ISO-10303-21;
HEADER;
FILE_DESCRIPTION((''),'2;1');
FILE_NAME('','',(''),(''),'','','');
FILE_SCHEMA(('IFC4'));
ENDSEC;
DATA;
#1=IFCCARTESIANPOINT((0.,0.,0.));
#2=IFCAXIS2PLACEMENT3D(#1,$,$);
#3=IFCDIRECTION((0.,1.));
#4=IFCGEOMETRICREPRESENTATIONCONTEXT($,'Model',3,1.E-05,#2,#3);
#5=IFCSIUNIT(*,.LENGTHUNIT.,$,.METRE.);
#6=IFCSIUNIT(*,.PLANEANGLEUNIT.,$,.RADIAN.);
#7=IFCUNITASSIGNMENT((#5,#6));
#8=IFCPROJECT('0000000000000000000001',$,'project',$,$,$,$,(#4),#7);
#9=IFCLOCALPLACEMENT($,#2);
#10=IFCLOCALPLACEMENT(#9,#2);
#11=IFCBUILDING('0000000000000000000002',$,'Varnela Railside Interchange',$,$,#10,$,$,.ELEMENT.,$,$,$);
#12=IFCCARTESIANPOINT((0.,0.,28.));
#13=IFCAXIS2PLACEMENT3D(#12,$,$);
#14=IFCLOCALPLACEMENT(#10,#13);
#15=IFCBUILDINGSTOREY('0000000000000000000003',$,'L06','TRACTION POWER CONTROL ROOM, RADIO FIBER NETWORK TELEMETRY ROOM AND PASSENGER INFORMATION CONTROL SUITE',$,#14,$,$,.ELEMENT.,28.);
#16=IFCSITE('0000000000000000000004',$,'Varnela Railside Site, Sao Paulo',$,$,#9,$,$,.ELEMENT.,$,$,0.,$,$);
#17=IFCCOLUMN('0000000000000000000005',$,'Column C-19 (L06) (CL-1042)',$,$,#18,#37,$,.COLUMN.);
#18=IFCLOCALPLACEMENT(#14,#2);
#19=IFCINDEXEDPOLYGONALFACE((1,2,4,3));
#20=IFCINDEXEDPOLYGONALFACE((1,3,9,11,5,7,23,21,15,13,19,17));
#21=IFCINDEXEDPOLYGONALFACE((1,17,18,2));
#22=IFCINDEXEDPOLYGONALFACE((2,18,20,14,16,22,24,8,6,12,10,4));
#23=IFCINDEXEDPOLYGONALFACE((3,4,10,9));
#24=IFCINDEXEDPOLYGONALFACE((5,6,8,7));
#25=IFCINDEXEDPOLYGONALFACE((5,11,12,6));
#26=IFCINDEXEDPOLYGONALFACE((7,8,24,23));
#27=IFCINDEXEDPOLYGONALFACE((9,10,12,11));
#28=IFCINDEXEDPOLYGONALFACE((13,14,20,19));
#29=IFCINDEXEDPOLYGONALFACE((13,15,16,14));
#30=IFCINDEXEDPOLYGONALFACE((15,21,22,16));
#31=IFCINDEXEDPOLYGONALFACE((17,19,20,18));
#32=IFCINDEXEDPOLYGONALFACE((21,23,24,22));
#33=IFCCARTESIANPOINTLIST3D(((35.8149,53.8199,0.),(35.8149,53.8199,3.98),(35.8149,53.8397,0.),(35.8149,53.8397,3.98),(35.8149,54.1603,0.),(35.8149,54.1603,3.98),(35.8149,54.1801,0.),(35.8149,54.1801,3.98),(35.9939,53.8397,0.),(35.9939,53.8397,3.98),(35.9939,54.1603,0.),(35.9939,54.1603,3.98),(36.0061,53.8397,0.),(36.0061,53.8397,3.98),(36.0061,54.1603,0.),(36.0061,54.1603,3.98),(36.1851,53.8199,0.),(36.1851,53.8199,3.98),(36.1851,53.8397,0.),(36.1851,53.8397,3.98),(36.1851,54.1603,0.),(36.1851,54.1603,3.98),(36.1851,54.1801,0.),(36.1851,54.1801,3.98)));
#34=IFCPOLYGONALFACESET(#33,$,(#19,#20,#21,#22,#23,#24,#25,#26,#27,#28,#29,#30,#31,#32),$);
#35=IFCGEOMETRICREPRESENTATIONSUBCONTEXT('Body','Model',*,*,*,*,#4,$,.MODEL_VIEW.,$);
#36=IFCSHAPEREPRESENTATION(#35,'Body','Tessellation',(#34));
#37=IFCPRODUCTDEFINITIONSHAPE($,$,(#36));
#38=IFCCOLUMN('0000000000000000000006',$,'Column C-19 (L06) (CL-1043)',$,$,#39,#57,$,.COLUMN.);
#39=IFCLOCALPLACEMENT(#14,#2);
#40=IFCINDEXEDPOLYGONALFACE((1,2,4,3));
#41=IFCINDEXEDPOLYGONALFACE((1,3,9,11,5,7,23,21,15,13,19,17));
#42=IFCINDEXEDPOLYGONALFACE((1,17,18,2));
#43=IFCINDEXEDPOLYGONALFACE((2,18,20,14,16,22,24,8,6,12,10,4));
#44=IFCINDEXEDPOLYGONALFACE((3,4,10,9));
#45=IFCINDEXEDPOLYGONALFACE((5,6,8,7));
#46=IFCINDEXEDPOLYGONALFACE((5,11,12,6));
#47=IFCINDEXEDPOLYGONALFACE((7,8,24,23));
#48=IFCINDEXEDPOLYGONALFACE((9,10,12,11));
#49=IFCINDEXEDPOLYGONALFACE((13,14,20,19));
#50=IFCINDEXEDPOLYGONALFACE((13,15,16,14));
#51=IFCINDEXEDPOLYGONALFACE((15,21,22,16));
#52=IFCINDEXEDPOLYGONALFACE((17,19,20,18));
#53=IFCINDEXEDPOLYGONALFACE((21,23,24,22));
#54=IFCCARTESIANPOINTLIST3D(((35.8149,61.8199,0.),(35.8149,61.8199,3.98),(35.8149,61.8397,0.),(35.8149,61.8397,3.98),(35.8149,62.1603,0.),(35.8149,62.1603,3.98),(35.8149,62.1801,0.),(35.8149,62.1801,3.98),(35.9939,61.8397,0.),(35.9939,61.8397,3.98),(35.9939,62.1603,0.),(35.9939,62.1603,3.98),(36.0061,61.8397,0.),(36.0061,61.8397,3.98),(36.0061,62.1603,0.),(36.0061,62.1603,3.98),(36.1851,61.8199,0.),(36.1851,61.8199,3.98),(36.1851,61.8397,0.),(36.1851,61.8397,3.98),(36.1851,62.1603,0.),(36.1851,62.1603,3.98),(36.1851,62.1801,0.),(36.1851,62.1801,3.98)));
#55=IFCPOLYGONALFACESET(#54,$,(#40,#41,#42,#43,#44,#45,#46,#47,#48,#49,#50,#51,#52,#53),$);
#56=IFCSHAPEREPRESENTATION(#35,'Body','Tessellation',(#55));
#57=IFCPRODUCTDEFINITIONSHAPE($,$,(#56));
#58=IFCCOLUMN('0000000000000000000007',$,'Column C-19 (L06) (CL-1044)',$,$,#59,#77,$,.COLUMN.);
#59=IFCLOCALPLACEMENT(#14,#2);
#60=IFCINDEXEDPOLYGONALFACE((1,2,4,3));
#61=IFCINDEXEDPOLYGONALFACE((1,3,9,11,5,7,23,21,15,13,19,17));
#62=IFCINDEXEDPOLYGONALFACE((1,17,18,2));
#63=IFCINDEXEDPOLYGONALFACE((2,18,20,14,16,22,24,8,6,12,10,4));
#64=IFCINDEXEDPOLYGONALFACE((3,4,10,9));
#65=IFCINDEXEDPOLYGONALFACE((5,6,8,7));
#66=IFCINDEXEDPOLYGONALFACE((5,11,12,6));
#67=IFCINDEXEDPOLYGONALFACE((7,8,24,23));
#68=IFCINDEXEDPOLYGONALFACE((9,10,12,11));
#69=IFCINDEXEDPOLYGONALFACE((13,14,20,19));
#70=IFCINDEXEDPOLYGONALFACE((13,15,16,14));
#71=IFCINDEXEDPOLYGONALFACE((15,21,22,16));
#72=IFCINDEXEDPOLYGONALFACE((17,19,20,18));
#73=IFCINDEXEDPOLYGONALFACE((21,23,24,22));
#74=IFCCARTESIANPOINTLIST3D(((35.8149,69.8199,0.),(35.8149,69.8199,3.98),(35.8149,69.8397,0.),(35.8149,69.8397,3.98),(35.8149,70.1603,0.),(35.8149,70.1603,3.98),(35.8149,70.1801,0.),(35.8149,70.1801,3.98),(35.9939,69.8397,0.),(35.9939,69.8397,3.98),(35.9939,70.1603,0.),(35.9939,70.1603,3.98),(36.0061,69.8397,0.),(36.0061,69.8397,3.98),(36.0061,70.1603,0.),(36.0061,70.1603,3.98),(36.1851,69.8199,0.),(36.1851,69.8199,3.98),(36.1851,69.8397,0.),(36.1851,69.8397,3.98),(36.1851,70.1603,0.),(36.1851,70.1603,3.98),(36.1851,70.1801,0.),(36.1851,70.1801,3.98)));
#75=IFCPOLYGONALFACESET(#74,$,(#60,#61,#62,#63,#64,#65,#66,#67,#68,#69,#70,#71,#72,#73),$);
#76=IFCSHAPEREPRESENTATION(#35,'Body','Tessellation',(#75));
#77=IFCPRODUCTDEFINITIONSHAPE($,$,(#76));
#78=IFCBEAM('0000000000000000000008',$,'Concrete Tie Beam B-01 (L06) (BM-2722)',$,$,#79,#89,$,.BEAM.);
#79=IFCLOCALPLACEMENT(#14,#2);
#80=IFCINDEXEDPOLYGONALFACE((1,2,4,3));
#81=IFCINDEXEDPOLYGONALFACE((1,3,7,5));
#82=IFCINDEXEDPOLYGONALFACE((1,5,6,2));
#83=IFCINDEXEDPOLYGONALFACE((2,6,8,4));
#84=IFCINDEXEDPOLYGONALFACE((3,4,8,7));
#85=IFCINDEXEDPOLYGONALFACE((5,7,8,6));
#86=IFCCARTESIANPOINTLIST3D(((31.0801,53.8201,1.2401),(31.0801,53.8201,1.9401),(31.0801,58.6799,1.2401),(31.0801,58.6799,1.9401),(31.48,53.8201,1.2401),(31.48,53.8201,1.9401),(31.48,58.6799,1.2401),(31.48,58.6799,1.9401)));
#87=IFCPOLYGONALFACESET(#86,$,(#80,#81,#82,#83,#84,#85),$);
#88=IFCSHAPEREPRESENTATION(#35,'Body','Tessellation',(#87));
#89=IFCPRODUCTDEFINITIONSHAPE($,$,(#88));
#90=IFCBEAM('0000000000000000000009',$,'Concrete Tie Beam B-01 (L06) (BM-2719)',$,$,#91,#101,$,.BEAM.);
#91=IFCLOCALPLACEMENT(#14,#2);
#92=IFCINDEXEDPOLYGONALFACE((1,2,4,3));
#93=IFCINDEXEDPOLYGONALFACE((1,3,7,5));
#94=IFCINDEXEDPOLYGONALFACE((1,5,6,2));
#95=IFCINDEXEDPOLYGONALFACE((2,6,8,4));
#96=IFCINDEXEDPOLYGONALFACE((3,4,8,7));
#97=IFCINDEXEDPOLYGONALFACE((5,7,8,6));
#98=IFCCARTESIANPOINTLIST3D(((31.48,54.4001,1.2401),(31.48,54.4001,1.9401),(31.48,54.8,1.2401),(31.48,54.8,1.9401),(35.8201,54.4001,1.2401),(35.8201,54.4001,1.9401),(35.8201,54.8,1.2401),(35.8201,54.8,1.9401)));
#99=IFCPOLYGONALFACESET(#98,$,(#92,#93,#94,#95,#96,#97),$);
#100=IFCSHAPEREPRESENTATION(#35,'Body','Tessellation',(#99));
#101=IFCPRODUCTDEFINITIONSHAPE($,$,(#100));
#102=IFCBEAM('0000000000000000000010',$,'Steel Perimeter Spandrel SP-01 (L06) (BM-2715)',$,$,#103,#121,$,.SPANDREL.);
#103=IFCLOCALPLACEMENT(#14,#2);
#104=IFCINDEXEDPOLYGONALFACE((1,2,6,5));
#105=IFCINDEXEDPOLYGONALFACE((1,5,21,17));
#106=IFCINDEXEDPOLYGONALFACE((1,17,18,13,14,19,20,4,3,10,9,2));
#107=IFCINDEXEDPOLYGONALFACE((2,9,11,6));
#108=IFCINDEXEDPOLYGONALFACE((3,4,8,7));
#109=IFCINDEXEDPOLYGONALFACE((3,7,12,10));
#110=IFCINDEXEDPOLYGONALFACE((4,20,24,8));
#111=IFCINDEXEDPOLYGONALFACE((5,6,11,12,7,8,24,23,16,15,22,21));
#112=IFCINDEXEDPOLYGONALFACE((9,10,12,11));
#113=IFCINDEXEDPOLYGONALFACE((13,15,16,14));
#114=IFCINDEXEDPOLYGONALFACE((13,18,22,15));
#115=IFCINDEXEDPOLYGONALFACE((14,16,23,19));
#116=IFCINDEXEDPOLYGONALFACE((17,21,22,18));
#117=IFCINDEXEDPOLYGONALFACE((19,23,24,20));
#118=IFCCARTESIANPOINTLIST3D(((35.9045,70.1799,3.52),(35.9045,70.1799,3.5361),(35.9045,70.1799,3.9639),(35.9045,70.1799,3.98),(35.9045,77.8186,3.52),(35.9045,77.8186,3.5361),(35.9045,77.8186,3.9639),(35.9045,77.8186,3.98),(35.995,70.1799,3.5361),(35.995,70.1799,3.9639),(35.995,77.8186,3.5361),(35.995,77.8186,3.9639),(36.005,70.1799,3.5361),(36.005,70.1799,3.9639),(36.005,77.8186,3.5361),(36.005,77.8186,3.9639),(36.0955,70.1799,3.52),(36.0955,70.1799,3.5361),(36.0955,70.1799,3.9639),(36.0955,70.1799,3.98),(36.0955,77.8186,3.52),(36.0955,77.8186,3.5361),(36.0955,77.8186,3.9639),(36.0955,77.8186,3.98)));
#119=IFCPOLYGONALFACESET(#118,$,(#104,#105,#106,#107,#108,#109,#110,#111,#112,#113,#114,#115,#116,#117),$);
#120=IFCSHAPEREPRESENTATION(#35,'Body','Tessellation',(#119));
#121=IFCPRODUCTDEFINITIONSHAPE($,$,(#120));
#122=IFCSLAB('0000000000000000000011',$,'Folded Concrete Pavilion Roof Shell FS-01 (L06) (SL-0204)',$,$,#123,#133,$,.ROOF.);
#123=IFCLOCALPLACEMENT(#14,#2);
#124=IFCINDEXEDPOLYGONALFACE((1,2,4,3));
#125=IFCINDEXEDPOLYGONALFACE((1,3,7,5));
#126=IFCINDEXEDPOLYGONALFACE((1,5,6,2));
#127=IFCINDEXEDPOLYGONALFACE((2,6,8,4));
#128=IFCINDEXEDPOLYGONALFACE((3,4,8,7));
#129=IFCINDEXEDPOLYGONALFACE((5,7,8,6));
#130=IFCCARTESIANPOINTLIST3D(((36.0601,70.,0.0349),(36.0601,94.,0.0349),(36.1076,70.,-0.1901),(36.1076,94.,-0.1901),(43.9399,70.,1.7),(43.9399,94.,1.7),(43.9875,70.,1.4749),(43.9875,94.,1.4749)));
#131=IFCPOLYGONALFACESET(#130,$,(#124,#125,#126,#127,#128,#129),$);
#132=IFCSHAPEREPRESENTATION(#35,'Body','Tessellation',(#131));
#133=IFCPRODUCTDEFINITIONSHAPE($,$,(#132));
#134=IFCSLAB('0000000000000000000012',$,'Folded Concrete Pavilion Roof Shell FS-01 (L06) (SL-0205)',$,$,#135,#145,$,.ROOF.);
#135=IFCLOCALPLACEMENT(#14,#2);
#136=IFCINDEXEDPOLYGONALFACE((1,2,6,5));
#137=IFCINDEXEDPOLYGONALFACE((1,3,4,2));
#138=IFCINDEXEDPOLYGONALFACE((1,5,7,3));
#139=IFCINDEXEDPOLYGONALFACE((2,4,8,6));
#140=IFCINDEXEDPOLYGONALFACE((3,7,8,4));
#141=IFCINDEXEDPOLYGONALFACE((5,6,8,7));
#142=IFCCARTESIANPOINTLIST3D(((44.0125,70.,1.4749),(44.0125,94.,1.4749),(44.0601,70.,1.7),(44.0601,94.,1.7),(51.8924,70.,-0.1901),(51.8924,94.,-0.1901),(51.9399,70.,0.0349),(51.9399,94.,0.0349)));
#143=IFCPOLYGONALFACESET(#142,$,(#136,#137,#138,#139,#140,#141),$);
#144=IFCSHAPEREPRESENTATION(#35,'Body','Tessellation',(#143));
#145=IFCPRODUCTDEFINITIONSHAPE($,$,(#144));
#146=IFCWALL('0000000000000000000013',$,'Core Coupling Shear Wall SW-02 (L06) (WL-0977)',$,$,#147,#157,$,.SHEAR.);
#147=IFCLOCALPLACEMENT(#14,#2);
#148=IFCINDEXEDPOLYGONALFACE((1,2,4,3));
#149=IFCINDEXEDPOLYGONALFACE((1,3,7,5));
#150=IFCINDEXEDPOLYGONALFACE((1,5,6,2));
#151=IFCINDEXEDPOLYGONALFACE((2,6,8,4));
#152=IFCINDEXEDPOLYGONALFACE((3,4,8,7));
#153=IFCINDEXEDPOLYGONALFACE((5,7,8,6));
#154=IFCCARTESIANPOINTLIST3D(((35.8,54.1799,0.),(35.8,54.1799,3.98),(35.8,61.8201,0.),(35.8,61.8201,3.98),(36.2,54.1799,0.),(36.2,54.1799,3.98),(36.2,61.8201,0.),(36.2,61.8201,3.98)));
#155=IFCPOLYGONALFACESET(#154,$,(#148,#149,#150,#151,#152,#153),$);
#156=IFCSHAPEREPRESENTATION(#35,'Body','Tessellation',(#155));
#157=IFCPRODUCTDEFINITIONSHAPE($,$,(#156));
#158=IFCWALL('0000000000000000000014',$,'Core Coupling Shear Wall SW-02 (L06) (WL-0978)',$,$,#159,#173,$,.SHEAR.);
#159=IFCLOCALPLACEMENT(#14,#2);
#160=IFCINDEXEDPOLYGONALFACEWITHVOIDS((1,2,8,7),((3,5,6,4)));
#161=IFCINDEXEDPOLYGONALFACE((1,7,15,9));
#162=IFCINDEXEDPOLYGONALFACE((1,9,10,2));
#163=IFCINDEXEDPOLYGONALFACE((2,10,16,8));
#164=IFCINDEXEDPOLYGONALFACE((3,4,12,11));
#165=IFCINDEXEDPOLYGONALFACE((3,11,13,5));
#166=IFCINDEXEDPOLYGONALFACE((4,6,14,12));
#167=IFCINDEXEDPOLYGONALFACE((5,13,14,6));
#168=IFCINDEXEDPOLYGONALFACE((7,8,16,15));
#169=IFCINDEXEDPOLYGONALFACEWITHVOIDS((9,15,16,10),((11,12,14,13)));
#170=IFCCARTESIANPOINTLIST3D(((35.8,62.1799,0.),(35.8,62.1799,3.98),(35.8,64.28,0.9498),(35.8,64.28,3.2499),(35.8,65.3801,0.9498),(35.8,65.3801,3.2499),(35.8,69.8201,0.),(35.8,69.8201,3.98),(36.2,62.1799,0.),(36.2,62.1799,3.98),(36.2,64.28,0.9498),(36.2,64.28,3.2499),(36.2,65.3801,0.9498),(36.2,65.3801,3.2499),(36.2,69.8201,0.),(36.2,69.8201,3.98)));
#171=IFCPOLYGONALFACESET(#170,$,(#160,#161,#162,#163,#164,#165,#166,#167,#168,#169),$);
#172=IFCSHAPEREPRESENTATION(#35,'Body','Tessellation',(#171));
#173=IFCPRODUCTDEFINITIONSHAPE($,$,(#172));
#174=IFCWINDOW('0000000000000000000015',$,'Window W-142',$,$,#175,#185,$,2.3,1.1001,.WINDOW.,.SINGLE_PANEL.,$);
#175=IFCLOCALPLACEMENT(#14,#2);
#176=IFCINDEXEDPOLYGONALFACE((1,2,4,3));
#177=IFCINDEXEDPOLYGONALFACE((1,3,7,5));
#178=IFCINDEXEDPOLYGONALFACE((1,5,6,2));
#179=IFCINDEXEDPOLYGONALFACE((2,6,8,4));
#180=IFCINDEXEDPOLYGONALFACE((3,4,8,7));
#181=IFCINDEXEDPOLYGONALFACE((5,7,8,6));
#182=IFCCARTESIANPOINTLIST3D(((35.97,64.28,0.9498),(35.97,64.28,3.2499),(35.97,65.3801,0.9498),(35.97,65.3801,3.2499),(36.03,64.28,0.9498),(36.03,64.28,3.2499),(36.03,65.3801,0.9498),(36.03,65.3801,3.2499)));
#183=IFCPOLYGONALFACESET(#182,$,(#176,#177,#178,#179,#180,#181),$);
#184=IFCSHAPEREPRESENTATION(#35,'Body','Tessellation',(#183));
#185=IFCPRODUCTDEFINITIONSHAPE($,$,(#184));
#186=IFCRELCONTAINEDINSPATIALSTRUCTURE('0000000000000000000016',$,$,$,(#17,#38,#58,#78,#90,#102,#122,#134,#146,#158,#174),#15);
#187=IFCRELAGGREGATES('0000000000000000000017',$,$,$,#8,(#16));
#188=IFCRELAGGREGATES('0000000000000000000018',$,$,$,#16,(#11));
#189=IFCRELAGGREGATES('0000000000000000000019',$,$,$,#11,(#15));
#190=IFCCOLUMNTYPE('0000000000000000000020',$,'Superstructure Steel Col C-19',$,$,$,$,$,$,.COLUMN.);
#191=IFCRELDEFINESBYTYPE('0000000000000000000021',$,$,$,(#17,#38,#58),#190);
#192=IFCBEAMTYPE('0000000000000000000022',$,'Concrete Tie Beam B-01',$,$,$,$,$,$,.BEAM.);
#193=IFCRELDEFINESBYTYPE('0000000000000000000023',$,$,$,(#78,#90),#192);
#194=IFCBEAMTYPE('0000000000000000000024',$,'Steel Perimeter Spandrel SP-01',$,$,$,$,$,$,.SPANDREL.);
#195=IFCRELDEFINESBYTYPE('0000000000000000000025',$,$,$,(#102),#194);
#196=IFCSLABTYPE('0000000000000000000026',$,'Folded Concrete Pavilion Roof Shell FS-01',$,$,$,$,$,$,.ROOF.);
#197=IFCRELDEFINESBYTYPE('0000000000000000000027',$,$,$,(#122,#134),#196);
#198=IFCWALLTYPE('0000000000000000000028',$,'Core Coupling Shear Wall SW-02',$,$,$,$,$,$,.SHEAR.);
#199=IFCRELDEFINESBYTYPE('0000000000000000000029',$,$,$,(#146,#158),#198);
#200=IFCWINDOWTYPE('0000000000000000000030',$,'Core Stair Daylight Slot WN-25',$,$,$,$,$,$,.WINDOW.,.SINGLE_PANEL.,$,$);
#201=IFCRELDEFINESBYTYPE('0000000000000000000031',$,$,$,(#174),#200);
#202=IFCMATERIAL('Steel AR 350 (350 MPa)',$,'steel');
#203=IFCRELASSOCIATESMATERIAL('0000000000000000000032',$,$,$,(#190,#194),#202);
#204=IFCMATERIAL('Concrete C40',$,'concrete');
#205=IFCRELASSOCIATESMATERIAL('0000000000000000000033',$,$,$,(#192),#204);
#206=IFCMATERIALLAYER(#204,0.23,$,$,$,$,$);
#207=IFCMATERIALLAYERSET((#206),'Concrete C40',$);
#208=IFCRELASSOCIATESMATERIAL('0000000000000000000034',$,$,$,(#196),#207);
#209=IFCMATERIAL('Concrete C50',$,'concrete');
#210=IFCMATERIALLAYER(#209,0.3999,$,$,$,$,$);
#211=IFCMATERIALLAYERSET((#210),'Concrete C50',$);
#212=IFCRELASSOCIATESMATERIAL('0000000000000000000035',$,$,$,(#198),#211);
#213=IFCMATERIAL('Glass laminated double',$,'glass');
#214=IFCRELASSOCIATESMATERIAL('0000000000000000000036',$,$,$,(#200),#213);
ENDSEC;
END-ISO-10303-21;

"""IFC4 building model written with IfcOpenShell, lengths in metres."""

from ifc_helpers import new_model, si_unit, direction, frame, frame_2d, origin, origin_2d, place, context, subcontext, project, spatial, polyline, rectangle, i_section, outline, extrude, material, layer, layer_set, material_profile, profile_set, type_object, element, fill, save


model = new_model("IFC4")

# Units and contexts
model_context = context("Model", 3, precision=1e-05, world=origin(), true_north=direction((0.0, 1.0)))
body_context = subcontext(model_context, "Body", "Model", "MODEL_VIEW")
ifc_project = project(units=[si_unit("LENGTHUNIT", "METRE"), si_unit("PLANEANGLEUNIT", "RADIAN")], contexts=[model_context])

# Site, building, storey
site_placement = place(None, origin())
site = spatial("IfcSite", under=ifc_project, at=site_placement, Name="Varnela Railside Site, Sao Paulo", CompositionType="ELEMENT", RefElevation=0.0)
building_placement = place(site_placement, origin())
building = spatial("IfcBuilding", under=site, at=building_placement, Name="Varnela Railside Interchange", CompositionType="ELEMENT")
storey_placement = place(building_placement, frame((0.0, 0.0, 28.0)))
storey = spatial("IfcBuildingStorey", under=building, at=storey_placement, Name="L06", Description="TRACTION POWER CONTROL ROOM, RADIO FIBER NETWORK TELEMETRY ROOM AND PASSENGER INFORMATION CONTROL SUITE", CompositionType="ELEMENT", Elevation=28.0)

# Columns
ifc_material_1 = material(Name="Steel AR 350 (350 MPa)", Category="steel")
ifc_material_profile_1 = material_profile(ifc_material_1, i_section(OverallWidth=0.3701, OverallDepth=0.3601, WebThickness=0.0122, FlangeThickness=0.0198, at=origin_2d()), Name="W360x147")
ifc_profile_set_1 = profile_set([ifc_material_profile_1], Name="Steel AR 350 (350 MPa)")
column_type = type_object("IfcColumnType", Name="Superstructure Steel Col C-19", PredefinedType="COLUMN", material=ifc_profile_set_1)
for number, where, z_axis, x_axis, name in (
    (1, (36.0, 54.0, 0.0), (0.0, 0.0, 1.0), (1.0, 0.0, 0.0), "Column C-19 (L06) (CL-1042)"),
    (2, (36.0, 62.0, 0.0), (0.0, 0.0, 1.0), (1.0, 0.0, 0.0), "Column C-19 (L06) (CL-1043)"),
    (3, (36.0, 70.0, 0.0), (0.0, 0.0, 1.0), (1.0, 0.0, 0.0), "Column C-19 (L06) (CL-1044)"),
):
    element("IfcColumn", number, at=place(storey_placement, frame(where, z_axis=z_axis, x_axis=x_axis)), inside=storey, type_object=column_type, Name=name, PredefinedType="COLUMN", context=body_context, shape_type="SweptSolid", body=[
        extrude(i_section(OverallWidth=0.3701, OverallDepth=0.3601, WebThickness=0.0122, FlangeThickness=0.0198, at=origin_2d()), origin(), (0.0, 0.0, 1.0), 3.98),
    ])

# Beams
ifc_material_2 = material(Name="Concrete C40", Category="concrete")
ifc_material_profile_2 = material_profile(ifc_material_2, rectangle(XDim=0.3999, YDim=0.7, at=origin_2d()), Name="RC 400x700")
ifc_profile_set_2 = profile_set([ifc_material_profile_2], Name="Concrete C40")
beam_type_1 = type_object("IfcBeamType", Name="Concrete Tie Beam B-01", PredefinedType="BEAM", material=ifc_profile_set_2)
beam_1_placement = place(storey_placement, frame((31.28, 53.8201, 1.5901), z_axis=(0.0, 1.0, 0.0), x_axis=(-1.0, 0.0, 0.0)))
element("IfcBeam", 4, at=beam_1_placement, inside=storey, type_object=beam_type_1, Name="Concrete Tie Beam B-01 (L06) (BM-2722)", PredefinedType="BEAM", context=body_context, shape_type="SweptSolid", body=[
    extrude(rectangle(XDim=0.3999, YDim=0.7, at=origin_2d()), origin(), (0.0, 0.0, 1.0), 4.8599),
])
beam_2_placement = place(storey_placement, frame((31.48, 54.6001, 1.5901), z_axis=(1.0, 0.0, 0.0), x_axis=(0.0, 1.0, 0.0)))
element("IfcBeam", 5, at=beam_2_placement, inside=storey, type_object=beam_type_1, Name="Concrete Tie Beam B-01 (L06) (BM-2719)", PredefinedType="BEAM", context=body_context, shape_type="SweptSolid", body=[
    extrude(rectangle(XDim=0.3999, YDim=0.7, at=origin_2d()), origin(), (0.0, 0.0, 1.0), 4.3401),
])
ifc_material_profile_3 = material_profile(ifc_material_1, i_section(OverallWidth=0.1909, OverallDepth=0.46, WebThickness=0.01, FlangeThickness=0.0161, at=origin_2d()), Name="W460x82")
ifc_profile_set_3 = profile_set([ifc_material_profile_3], Name="Steel AR 350 (350 MPa)")
beam_type_2 = type_object("IfcBeamType", Name="Steel Perimeter Spandrel SP-01", PredefinedType="SPANDREL", material=ifc_profile_set_3)
beam_3_placement = place(storey_placement, frame((36.0, 70.1799, 3.75), z_axis=(0.0, 1.0, 0.0), x_axis=(-1.0, 0.0, 0.0)))
element("IfcBeam", 6, at=beam_3_placement, inside=storey, type_object=beam_type_2, Name="Steel Perimeter Spandrel SP-01 (L06) (BM-2715)", PredefinedType="SPANDREL", context=body_context, shape_type="SweptSolid", body=[
    extrude(i_section(OverallWidth=0.1909, OverallDepth=0.46, WebThickness=0.01, FlangeThickness=0.0161, at=origin_2d()), origin(), (0.0, 0.0, 1.0), 7.6387),
])

# Slabs
ifc_layer_1 = layer(ifc_material_2, 0.23)
ifc_layer_set_1 = layer_set([ifc_layer_1], Name="Concrete C40")
slab_type = type_object("IfcSlabType", Name="Folded Concrete Pavilion Roof Shell FS-01", PredefinedType="ROOF", material=ifc_layer_set_1)
for number, where, z_axis, x_axis, name in (
    (7, (36.0601, 70.0, 0.0349), (-0.206738, 0.0, 0.978396), (0.978396, 0.0, 0.206738), "Folded Concrete Pavilion Roof Shell FS-01 (L06) (SL-0204)"),
    (8, (44.0601, 70.0, 1.7), (0.206738, 0.0, 0.978396), (0.978396, 0.0, -0.206738), "Folded Concrete Pavilion Roof Shell FS-01 (L06) (SL-0205)"),
):
    element("IfcSlab", number, at=place(storey_placement, frame(where, z_axis=z_axis, x_axis=x_axis)), inside=storey, type_object=slab_type, Name=name, PredefinedType="ROOF", context=body_context, shape_type="SweptSolid", body=[
        extrude(outline(polyline([(0.0, 0.0), (8.0539, 0.0), (8.0539, 24.0), (0.0, 24.0), (0.0, 0.0)])), origin(), (0.0, 0.0, -1.0), 0.23),
    ])

# Wall
ifc_material_3 = material(Name="Concrete C50", Category="concrete")
ifc_layer_2 = layer(ifc_material_3, 0.3999)
ifc_layer_set_2 = layer_set([ifc_layer_2], Name="Concrete C50")
wall_type_1 = type_object("IfcWallType", Name="Core Coupling Shear Wall SW-02", PredefinedType="SHEAR", material=ifc_layer_set_2)
wall_1_placement = place(storey_placement, frame((36.0, 54.1799, 0.0), z_axis=(0.0, 0.0, 1.0), x_axis=(0.0, 1.0, 0.0)))
element("IfcWall", 9, at=wall_1_placement, inside=storey, type_object=wall_type_1, Name="Core Coupling Shear Wall SW-02 (L06) (WL-0977)", PredefinedType="SHEAR", context=body_context, shape_type="SweptSolid", body=[
    extrude(rectangle(XDim=7.6401, YDim=0.3999, at=frame_2d((3.8201, 0.0))), origin(), (0.0, 0.0, 1.0), 3.98),
])

# Wall, opening, window
wall_2_placement = place(storey_placement, frame((36.0, 62.1799, 0.0), z_axis=(0.0, 0.0, 1.0), x_axis=(0.0, 1.0, 0.0)))
wall_2 = element("IfcWall", 10, at=wall_2_placement, inside=storey, type_object=wall_type_1, Name="Core Coupling Shear Wall SW-02 (L06) (WL-0978)", PredefinedType="SHEAR", context=body_context, shape_type="SweptSolid", body=[
    extrude(rectangle(XDim=7.6401, YDim=0.3999, at=frame_2d((3.8201, 0.0))), origin(), (0.0, 0.0, 1.0), 3.98),
])
opening_1_placement = place(wall_2_placement, frame((2.1001, 0.0, 0.95)))
opening_1 = element("IfcOpeningElement", 11, at=opening_1_placement, cuts=wall_2, PredefinedType="OPENING", context=body_context, shape_type="SweptSolid", body=[
    extrude(rectangle(XDim=1.1001, YDim=2.3, at=frame_2d((0.55, 1.1499))), frame((0.0, 0.21, 0.0), z_axis=(0.0, -1.0, 0.0), x_axis=(1.0, 0.0, 0.0)), (0.0, 0.0, 1.0), 0.4199),
])
ifc_material_4 = material(Name="Glass laminated double", Category="glass")
window_type_1 = type_object("IfcWindowType", Name="Core Stair Daylight Slot WN-25", PartitioningType="SINGLE_PANEL", PredefinedType="WINDOW", material=ifc_material_4)
window_1_placement = place(opening_1_placement, origin())
window_1 = element("IfcWindow", 12, at=window_1_placement, inside=storey, type_object=window_type_1, Name="Window W-142", OverallHeight=2.3, OverallWidth=1.1001, PartitioningType="SINGLE_PANEL", PredefinedType="WINDOW", context=body_context, shape_type="SweptSolid", body=[
    extrude(rectangle(XDim=1.1001, YDim=2.3, at=frame_2d((0.55, 1.1499))), frame((0.0, 0.03, 0.0), z_axis=(0.0, -1.0, 0.0), x_axis=(1.0, 0.0, 0.0)), (0.0, 0.0, 1.0), 0.0601),
])
fill(opening_1, window_1)

save(model, "model.ifc")
